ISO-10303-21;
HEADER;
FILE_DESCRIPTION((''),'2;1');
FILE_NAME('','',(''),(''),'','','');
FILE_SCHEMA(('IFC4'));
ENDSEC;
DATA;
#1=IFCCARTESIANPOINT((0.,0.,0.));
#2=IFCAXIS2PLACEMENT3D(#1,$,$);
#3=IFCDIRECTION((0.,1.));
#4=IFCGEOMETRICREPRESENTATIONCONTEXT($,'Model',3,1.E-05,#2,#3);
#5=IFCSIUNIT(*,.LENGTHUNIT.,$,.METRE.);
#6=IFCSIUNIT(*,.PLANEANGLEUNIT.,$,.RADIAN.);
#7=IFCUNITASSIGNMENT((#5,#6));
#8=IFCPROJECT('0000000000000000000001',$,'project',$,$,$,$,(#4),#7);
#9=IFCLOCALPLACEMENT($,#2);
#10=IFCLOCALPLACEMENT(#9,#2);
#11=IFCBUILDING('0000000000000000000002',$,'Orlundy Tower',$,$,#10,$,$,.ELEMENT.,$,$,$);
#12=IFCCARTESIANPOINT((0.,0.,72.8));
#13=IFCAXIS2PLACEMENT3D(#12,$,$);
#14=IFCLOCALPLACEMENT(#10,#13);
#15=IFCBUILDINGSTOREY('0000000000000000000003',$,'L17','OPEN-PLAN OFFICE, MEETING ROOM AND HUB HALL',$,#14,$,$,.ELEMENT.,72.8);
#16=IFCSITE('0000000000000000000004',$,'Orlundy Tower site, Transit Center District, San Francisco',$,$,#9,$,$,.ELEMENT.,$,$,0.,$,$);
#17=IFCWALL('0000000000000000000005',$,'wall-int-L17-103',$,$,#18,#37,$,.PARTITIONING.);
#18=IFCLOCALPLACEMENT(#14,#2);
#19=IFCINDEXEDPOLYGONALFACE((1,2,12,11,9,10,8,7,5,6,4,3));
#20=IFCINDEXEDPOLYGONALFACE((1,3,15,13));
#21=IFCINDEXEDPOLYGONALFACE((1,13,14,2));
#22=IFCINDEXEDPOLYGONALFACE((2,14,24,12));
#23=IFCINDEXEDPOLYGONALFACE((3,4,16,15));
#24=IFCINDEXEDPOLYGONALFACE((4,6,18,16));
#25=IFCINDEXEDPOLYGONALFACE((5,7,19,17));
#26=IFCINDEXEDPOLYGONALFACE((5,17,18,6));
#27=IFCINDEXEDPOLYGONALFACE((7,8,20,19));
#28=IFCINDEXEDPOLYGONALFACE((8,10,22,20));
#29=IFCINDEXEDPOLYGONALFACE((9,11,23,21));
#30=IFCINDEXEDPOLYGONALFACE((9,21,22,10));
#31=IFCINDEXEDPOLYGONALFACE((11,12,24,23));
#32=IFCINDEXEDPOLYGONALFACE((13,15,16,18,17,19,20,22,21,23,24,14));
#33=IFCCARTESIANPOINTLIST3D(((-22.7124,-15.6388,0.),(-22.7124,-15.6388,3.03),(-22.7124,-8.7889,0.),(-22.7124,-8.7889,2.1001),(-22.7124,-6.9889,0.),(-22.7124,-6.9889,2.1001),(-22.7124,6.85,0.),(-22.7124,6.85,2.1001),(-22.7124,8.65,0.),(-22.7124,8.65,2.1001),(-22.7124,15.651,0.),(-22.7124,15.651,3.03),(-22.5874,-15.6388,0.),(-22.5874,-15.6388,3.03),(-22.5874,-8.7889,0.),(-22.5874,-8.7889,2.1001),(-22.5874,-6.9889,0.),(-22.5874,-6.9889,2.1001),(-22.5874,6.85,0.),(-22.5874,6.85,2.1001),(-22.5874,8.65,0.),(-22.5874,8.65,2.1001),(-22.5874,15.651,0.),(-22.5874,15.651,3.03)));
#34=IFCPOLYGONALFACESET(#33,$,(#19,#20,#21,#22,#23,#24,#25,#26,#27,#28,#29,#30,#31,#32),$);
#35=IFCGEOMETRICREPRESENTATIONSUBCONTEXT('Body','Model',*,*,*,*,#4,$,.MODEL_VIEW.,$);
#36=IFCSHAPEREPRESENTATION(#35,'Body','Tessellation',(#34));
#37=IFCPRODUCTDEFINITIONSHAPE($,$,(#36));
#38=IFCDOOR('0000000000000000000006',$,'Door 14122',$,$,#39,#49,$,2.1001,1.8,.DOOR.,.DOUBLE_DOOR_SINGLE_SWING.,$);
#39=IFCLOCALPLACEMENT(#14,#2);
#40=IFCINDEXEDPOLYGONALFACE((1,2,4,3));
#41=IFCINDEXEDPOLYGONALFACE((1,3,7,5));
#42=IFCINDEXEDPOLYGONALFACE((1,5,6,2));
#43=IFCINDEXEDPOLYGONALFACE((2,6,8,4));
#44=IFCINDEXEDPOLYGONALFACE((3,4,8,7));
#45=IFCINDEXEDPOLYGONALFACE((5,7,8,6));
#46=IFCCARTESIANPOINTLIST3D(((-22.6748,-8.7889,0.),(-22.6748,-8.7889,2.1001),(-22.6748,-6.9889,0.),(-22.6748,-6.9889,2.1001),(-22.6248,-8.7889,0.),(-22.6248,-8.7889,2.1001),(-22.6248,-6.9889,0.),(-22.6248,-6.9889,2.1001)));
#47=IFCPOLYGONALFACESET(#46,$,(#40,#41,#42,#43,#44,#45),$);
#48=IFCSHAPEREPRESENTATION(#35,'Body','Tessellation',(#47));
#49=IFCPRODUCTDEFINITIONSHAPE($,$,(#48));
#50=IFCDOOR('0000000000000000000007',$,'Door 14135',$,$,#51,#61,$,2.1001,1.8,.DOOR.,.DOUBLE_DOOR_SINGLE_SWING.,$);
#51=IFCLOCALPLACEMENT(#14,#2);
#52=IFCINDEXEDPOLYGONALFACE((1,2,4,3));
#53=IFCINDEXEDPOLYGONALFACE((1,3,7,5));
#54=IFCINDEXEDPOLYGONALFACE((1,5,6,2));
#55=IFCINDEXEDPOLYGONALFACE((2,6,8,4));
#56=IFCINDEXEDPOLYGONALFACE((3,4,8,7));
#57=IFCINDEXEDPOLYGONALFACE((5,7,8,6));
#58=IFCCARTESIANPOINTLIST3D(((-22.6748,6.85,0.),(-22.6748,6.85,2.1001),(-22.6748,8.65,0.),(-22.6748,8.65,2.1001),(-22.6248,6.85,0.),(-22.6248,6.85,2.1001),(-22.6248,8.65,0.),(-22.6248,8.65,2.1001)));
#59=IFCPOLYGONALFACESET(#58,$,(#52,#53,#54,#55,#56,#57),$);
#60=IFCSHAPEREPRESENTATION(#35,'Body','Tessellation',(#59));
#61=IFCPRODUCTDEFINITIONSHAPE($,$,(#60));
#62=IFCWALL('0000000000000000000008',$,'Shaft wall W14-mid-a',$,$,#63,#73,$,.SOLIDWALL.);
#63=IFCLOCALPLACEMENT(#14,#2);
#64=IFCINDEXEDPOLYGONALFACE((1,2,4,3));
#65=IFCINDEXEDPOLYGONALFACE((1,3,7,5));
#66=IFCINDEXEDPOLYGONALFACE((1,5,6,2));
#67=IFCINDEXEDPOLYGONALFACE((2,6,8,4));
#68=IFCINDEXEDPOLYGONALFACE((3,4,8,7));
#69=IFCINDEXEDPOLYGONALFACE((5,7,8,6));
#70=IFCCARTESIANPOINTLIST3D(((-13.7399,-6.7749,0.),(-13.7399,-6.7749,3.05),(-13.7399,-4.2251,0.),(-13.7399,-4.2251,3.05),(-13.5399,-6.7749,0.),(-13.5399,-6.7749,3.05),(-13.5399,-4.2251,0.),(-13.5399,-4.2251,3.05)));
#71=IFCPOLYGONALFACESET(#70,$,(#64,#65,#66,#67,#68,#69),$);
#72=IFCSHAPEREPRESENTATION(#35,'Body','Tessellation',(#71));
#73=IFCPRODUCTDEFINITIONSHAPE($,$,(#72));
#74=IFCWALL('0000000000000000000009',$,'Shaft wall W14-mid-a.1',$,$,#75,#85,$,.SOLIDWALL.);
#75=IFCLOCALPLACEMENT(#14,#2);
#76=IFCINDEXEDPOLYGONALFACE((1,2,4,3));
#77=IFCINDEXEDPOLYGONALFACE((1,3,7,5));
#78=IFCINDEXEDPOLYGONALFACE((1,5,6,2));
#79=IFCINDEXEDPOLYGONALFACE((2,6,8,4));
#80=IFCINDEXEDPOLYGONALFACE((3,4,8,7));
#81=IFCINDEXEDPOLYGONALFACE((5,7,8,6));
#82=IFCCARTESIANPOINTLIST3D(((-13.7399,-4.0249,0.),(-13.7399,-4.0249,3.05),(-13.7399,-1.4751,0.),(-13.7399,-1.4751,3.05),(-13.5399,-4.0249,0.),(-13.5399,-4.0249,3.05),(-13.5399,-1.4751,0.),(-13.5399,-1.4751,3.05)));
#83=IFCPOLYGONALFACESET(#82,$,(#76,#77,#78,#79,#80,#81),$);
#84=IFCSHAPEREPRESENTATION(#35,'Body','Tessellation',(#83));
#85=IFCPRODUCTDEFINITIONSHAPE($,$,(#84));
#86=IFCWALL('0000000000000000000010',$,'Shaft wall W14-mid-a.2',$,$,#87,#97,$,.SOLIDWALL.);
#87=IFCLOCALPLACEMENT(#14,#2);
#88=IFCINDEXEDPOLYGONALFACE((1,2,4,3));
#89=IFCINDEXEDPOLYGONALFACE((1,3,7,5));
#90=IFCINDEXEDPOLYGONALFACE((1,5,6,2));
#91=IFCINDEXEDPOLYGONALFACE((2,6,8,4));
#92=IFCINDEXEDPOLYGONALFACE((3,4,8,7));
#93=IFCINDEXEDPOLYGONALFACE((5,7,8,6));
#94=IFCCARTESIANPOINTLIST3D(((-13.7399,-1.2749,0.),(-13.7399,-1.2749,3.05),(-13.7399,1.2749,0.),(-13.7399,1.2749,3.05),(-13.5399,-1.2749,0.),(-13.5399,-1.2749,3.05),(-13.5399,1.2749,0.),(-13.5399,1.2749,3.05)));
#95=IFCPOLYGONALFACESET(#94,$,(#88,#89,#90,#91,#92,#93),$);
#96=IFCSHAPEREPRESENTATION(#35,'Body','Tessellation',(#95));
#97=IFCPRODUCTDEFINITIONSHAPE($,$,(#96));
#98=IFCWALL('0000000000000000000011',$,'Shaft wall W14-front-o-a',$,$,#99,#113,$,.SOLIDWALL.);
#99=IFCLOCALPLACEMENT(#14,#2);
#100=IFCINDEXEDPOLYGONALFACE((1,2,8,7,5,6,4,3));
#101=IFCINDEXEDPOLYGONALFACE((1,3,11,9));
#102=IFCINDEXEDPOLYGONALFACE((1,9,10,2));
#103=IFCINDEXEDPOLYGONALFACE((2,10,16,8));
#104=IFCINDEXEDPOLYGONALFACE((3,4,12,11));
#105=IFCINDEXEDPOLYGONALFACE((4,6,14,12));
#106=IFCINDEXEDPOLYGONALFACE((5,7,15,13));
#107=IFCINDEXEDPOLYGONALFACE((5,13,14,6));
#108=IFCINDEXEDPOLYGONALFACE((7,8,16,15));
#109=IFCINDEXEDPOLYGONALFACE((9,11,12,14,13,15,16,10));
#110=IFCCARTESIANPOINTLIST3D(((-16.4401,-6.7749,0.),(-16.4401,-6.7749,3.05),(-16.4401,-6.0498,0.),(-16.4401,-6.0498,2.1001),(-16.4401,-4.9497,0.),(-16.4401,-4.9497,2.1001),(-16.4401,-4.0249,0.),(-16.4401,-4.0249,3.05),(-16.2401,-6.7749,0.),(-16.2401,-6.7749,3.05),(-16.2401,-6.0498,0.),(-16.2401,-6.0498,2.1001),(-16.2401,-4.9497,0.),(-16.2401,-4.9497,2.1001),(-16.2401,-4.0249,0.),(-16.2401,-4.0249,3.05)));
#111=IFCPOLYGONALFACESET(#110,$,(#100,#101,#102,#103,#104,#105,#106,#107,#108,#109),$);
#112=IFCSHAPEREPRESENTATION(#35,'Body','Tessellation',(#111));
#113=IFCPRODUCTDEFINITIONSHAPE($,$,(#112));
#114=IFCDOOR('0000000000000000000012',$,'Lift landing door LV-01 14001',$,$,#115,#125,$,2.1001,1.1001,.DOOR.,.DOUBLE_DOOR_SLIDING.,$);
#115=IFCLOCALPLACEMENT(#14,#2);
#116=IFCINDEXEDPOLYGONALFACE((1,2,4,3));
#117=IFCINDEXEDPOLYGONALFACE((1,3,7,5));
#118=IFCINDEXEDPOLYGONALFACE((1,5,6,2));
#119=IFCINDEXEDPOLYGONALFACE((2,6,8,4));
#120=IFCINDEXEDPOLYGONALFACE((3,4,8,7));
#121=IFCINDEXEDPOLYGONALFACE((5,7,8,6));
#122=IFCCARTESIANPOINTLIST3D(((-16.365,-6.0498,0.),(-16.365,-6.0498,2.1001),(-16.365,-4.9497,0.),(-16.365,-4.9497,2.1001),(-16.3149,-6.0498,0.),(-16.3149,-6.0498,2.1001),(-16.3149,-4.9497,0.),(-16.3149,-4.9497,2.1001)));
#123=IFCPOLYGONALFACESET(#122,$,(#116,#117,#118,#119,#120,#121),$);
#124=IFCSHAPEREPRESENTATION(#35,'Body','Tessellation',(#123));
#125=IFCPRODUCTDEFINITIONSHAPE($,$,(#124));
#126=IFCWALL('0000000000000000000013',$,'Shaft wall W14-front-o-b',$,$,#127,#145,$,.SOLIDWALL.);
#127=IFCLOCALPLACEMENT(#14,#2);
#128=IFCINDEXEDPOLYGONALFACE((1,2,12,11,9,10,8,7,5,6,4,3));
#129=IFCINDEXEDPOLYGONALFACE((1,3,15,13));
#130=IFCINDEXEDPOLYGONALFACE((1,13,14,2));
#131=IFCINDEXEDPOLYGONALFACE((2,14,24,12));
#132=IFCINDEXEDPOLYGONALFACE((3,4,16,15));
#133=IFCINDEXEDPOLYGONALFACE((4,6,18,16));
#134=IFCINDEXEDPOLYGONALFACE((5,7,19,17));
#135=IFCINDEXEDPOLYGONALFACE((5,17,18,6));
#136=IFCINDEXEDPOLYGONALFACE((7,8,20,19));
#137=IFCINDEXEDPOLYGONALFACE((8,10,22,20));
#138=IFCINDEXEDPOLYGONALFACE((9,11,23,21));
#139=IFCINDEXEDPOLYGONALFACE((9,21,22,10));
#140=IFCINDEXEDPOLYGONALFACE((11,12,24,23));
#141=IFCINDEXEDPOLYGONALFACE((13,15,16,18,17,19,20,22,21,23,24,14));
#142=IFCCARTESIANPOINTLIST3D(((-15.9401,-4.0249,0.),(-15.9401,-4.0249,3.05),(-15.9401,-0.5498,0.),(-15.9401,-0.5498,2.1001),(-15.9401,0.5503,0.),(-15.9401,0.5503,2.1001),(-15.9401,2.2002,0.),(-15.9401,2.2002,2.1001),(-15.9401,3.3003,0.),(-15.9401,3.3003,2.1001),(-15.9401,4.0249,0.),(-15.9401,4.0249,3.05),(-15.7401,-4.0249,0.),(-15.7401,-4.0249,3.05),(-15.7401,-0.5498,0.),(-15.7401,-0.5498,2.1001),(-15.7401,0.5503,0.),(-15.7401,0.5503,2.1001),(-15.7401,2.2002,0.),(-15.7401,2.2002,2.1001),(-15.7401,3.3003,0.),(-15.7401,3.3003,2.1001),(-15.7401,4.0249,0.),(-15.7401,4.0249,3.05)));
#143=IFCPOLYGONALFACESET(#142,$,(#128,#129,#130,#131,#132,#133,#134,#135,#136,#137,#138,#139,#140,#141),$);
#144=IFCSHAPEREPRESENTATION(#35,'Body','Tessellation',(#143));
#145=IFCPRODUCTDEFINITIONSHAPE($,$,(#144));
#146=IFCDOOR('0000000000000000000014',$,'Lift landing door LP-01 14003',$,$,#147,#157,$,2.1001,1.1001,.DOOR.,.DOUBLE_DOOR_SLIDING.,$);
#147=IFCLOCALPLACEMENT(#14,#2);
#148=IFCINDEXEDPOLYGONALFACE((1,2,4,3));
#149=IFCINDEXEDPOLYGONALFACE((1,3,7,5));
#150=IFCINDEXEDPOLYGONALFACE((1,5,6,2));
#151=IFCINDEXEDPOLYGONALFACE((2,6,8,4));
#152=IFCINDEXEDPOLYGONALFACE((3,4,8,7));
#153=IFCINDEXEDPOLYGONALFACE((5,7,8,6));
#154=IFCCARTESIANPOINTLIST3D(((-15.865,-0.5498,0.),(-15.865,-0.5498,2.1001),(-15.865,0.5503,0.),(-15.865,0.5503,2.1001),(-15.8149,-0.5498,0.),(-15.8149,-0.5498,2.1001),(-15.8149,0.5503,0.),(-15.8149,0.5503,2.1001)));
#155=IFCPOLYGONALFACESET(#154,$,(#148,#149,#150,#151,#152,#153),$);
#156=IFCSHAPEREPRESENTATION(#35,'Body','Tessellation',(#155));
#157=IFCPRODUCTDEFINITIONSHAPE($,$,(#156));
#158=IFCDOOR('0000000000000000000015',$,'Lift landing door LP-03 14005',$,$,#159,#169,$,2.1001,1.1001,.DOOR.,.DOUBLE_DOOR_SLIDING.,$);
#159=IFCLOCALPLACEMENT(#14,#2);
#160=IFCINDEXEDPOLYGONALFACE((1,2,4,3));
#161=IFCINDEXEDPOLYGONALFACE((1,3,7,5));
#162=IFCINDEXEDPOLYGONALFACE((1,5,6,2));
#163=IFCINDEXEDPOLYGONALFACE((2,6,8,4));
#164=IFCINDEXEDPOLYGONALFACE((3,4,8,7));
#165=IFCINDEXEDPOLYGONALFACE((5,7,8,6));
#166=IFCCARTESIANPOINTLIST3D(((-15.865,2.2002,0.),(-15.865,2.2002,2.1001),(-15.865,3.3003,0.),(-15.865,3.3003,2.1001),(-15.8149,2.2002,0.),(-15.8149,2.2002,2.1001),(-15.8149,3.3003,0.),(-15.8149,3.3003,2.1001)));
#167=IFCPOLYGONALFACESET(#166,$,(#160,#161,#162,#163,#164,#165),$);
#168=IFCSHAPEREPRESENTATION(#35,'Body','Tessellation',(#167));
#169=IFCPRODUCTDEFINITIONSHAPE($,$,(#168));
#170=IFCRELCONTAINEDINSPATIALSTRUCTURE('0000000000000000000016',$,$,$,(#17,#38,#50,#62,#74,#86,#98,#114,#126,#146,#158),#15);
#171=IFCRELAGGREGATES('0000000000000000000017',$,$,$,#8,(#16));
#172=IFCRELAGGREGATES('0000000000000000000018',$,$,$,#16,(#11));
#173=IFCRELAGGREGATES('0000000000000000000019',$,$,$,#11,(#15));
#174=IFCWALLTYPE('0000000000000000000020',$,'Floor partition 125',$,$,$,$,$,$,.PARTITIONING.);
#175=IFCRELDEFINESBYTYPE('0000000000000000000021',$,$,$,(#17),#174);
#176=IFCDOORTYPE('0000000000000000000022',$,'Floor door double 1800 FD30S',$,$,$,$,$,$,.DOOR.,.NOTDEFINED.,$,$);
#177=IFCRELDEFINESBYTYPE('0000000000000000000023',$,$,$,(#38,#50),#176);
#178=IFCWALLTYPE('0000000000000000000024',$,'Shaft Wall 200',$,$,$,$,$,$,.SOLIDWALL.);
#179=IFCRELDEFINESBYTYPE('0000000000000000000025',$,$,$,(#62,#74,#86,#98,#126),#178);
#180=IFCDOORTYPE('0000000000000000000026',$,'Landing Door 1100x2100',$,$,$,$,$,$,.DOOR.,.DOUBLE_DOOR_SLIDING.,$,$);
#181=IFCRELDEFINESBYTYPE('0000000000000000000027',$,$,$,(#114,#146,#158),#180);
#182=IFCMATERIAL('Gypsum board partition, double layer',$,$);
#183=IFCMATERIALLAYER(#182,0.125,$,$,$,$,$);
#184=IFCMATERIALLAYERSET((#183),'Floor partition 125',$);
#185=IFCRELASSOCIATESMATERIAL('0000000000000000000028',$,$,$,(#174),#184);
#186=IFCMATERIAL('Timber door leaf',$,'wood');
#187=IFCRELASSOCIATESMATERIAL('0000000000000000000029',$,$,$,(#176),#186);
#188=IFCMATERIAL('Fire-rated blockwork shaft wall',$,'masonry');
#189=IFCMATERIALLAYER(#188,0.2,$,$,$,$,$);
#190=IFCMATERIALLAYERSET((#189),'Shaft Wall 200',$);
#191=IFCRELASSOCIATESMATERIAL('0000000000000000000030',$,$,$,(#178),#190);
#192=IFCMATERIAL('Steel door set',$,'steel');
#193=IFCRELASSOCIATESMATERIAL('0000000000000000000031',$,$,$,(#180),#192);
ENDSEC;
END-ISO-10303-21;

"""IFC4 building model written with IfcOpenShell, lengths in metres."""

from ifc_helpers import new_model, si_unit, direction, frame, frame_2d, origin, place, context, subcontext, project, spatial, rectangle, extrude, material, layer, layer_set, type_object, element, fill, save


model = new_model("IFC4")

# Units and contexts
model_context = context("Model", 3, precision=1e-05, world=origin(), true_north=direction((0.0, 1.0)))
body_context = subcontext(model_context, "Body", "Model", "MODEL_VIEW")
ifc_project = project(units=[si_unit("LENGTHUNIT", "METRE"), si_unit("PLANEANGLEUNIT", "RADIAN")], contexts=[model_context])

# Site, building, storey
site_placement = place(None, origin())
site = spatial("IfcSite", under=ifc_project, at=site_placement, Name="Orlundy Tower site, Transit Center District, San Francisco", CompositionType="ELEMENT", RefElevation=0.0)
building_placement = place(site_placement, origin())
building = spatial("IfcBuilding", under=site, at=building_placement, Name="Orlundy Tower", CompositionType="ELEMENT")
storey_placement = place(building_placement, frame((0.0, 0.0, 72.8)))
storey = spatial("IfcBuildingStorey", under=building, at=storey_placement, Name="L17", Description="OPEN-PLAN OFFICE, MEETING ROOM AND HUB HALL", CompositionType="ELEMENT", Elevation=72.8)

# Shared definitions
ifc_material_1 = material(Name="Gypsum board partition, double layer")
ifc_layer_1 = layer(ifc_material_1, 0.125)
ifc_layer_set_1 = layer_set([ifc_layer_1], Name="Floor partition 125")
wall_type_1 = type_object("IfcWallType", Name="Floor partition 125", PredefinedType="PARTITIONING", material=ifc_layer_set_1)

# Wall, openings, doors
wall_1_placement = place(storey_placement, frame((-22.6499, -15.6389, 0.0), z_axis=(0.0, 0.0, 1.0), x_axis=(0.0, 1.0, 0.0)))
wall_1 = element("IfcWall", 1, at=wall_1_placement, inside=storey, type_object=wall_type_1, Name="wall-int-L17-103", PredefinedType="PARTITIONING", context=body_context, shape_type="SweptSolid", body=[
    extrude(rectangle(XDim=31.2898, YDim=0.125, at=frame_2d((15.645, 0.0))), origin(), (0.0, 0.0, 1.0), 3.03),
])
opening_1_placement = place(wall_1_placement, frame((6.8501, 0.0, 0.0)))
opening_1 = element("IfcOpeningElement", 2, at=opening_1_placement, cuts=wall_1, PredefinedType="OPENING", context=body_context, shape_type="SweptSolid", body=[
    extrude(rectangle(XDim=1.8, YDim=2.1001, at=frame_2d((0.8999, 1.05))), frame((0.0, 0.0725, 0.0), z_axis=(0.0, -1.0, 0.0), x_axis=(1.0, 0.0, 0.0)), (0.0, 0.0, 1.0), 0.145),
])
opening_2_placement = place(wall_1_placement, frame((22.489, 0.0, 0.0)))
opening_2 = element("IfcOpeningElement", 3, at=opening_2_placement, cuts=wall_1, PredefinedType="OPENING", context=body_context, shape_type="SweptSolid", body=[
    extrude(rectangle(XDim=1.8, YDim=2.1001, at=frame_2d((0.8999, 1.05))), frame((0.0, 0.0725, 0.0), z_axis=(0.0, -1.0, 0.0), x_axis=(1.0, 0.0, 0.0)), (0.0, 0.0, 1.0), 0.145),
])
ifc_material_2 = material(Name="Timber door leaf", Category="wood")
door_type_1 = type_object("IfcDoorType", Name="Floor door double 1800 FD30S", OperationType="NOTDEFINED", PredefinedType="DOOR", material=ifc_material_2)
door_1_placement = place(opening_1_placement, origin())
door_1 = element("IfcDoor", 4, at=door_1_placement, inside=storey, type_object=door_type_1, Name="Door 14122", OperationType="DOUBLE_DOOR_SINGLE_SWING", OverallHeight=2.1001, OverallWidth=1.8, PredefinedType="DOOR", context=body_context, shape_type="SweptSolid", body=[
    extrude(rectangle(XDim=1.8, YDim=2.1001, at=frame_2d((0.8999, 1.05))), frame((0.0, 0.0249, 0.0), z_axis=(0.0, -1.0, 0.0), x_axis=(1.0, 0.0, 0.0)), (0.0, 0.0, 1.0), 0.05),
])
fill(opening_1, door_1)
door_2_placement = place(opening_2_placement, origin())
door_2 = element("IfcDoor", 5, at=door_2_placement, inside=storey, type_object=door_type_1, Name="Door 14135", OperationType="DOUBLE_DOOR_SINGLE_SWING", OverallHeight=2.1001, OverallWidth=1.8, PredefinedType="DOOR", context=body_context, shape_type="SweptSolid", body=[
    extrude(rectangle(XDim=1.8, YDim=2.1001, at=frame_2d((0.8999, 1.05))), frame((0.0, 0.0249, 0.0), z_axis=(0.0, -1.0, 0.0), x_axis=(1.0, 0.0, 0.0)), (0.0, 0.0, 1.0), 0.05),
])
fill(opening_2, door_2)

# Walls
ifc_material_3 = material(Name="Fire-rated blockwork shaft wall", Category="masonry")
ifc_layer_2 = layer(ifc_material_3, 0.2)
ifc_layer_set_2 = layer_set([ifc_layer_2], Name="Shaft Wall 200")
wall_type_2 = type_object("IfcWallType", Name="Shaft Wall 200", PredefinedType="SOLIDWALL", material=ifc_layer_set_2)
for number, where, z_axis, x_axis, name in (
    (6, (-13.6399, -6.7749, 0.0), (0.0, 0.0, 1.0), (0.0, 1.0, 0.0), "Shaft wall W14-mid-a"),
    (7, (-13.6399, -4.0249, 0.0), (0.0, 0.0, 1.0), (0.0, 1.0, 0.0), "Shaft wall W14-mid-a.1"),
    (8, (-13.6399, -1.2749, 0.0), (0.0, 0.0, 1.0), (0.0, 1.0, 0.0), "Shaft wall W14-mid-a.2"),
):
    element("IfcWall", number, at=place(storey_placement, frame(where, z_axis=z_axis, x_axis=x_axis)), inside=storey, type_object=wall_type_2, Name=name, PredefinedType="SOLIDWALL", context=body_context, shape_type="SweptSolid", body=[
        extrude(rectangle(XDim=2.5498, YDim=0.2, at=frame_2d((1.2749, 0.0))), origin(), (0.0, 0.0, 1.0), 3.05),
    ])

# Wall, opening, door
wall_2_placement = place(storey_placement, frame((-16.3401, -6.7749, 0.0), z_axis=(0.0, 0.0, 1.0), x_axis=(0.0, 1.0, 0.0)))
wall_2 = element("IfcWall", 9, at=wall_2_placement, inside=storey, type_object=wall_type_2, Name="Shaft wall W14-front-o-a", PredefinedType="SOLIDWALL", context=body_context, shape_type="SweptSolid", body=[
    extrude(rectangle(XDim=2.75, YDim=0.2, at=frame_2d((1.375, 0.0))), origin(), (0.0, 0.0, 1.0), 3.05),
])
opening_3_placement = place(wall_2_placement, frame((0.7251, 0.0, 0.0)))
opening_3 = element("IfcOpeningElement", 10, at=opening_3_placement, cuts=wall_2, PredefinedType="OPENING", context=body_context, shape_type="SweptSolid", body=[
    extrude(rectangle(XDim=1.1001, YDim=2.1001, at=frame_2d((0.55, 1.05))), frame((0.0, 0.1101, 0.0), z_axis=(0.0, -1.0, 0.0), x_axis=(1.0, 0.0, 0.0)), (0.0, 0.0, 1.0), 0.2202),
])
ifc_material_4 = material(Name="Steel door set", Category="steel")
door_type_2 = type_object("IfcDoorType", Name="Landing Door 1100x2100", OperationType="DOUBLE_DOOR_SLIDING", PredefinedType="DOOR", material=ifc_material_4)
door_3_placement = place(opening_3_placement, origin())
door_3 = element("IfcDoor", 11, at=door_3_placement, inside=storey, type_object=door_type_2, Name="Lift landing door LV-01 14001", OperationType="DOUBLE_DOOR_SLIDING", OverallHeight=2.1001, OverallWidth=1.1001, PredefinedType="DOOR", context=body_context, shape_type="SweptSolid", body=[
    extrude(rectangle(XDim=1.1001, YDim=2.1001, at=frame_2d((0.55, 1.05))), frame((0.0, 0.0249, 0.0), z_axis=(0.0, -1.0, 0.0), x_axis=(1.0, 0.0, 0.0)), (0.0, 0.0, 1.0), 0.05),
])
fill(opening_3, door_3)

# Wall, openings, doors
wall_3_placement = place(storey_placement, frame((-15.8401, -4.0249, 0.0), z_axis=(0.0, 0.0, 1.0), x_axis=(0.0, 1.0, 0.0)))
wall_3 = element("IfcWall", 12, at=wall_3_placement, inside=storey, type_object=wall_type_2, Name="Shaft wall W14-front-o-b", PredefinedType="SOLIDWALL", context=body_context, shape_type="SweptSolid", body=[
    extrude(rectangle(XDim=8.0498, YDim=0.2, at=frame_2d((4.0249, 0.0))), origin(), (0.0, 0.0, 1.0), 3.05),
])
opening_4_placement = place(wall_3_placement, frame((3.4751, 0.0, 0.0)))
opening_4 = element("IfcOpeningElement", 13, at=opening_4_placement, cuts=wall_3, PredefinedType="OPENING", context=body_context, shape_type="SweptSolid", body=[
    extrude(rectangle(XDim=1.1001, YDim=2.1001, at=frame_2d((0.55, 1.05))), frame((0.0, 0.1101, 0.0), z_axis=(0.0, -1.0, 0.0), x_axis=(1.0, 0.0, 0.0)), (0.0, 0.0, 1.0), 0.2202),
])
opening_5_placement = place(wall_3_placement, frame((6.2251, 0.0, 0.0)))
opening_5 = element("IfcOpeningElement", 14, at=opening_5_placement, cuts=wall_3, PredefinedType="OPENING", context=body_context, shape_type="SweptSolid", body=[
    extrude(rectangle(XDim=1.1001, YDim=2.1001, at=frame_2d((0.55, 1.05))), frame((0.0, 0.1101, 0.0), z_axis=(0.0, -1.0, 0.0), x_axis=(1.0, 0.0, 0.0)), (0.0, 0.0, 1.0), 0.2202),
])
door_4_placement = place(opening_4_placement, origin())
door_4 = element("IfcDoor", 15, at=door_4_placement, inside=storey, type_object=door_type_2, Name="Lift landing door LP-01 14003", OperationType="DOUBLE_DOOR_SLIDING", OverallHeight=2.1001, OverallWidth=1.1001, PredefinedType="DOOR", context=body_context, shape_type="SweptSolid", body=[
    extrude(rectangle(XDim=1.1001, YDim=2.1001, at=frame_2d((0.55, 1.05))), frame((0.0, 0.0249, 0.0), z_axis=(0.0, -1.0, 0.0), x_axis=(1.0, 0.0, 0.0)), (0.0, 0.0, 1.0), 0.05),
])
fill(opening_4, door_4)
door_5_placement = place(opening_5_placement, origin())
door_5 = element("IfcDoor", 16, at=door_5_placement, inside=storey, type_object=door_type_2, Name="Lift landing door LP-03 14005", OperationType="DOUBLE_DOOR_SLIDING", OverallHeight=2.1001, OverallWidth=1.1001, PredefinedType="DOOR", context=body_context, shape_type="SweptSolid", body=[
    extrude(rectangle(XDim=1.1001, YDim=2.1001, at=frame_2d((0.55, 1.05))), frame((0.0, 0.0249, 0.0), z_axis=(0.0, -1.0, 0.0), x_axis=(1.0, 0.0, 0.0)), (0.0, 0.0, 1.0), 0.05),
])
fill(opening_5, door_5)

save(model, "model.ifc")
